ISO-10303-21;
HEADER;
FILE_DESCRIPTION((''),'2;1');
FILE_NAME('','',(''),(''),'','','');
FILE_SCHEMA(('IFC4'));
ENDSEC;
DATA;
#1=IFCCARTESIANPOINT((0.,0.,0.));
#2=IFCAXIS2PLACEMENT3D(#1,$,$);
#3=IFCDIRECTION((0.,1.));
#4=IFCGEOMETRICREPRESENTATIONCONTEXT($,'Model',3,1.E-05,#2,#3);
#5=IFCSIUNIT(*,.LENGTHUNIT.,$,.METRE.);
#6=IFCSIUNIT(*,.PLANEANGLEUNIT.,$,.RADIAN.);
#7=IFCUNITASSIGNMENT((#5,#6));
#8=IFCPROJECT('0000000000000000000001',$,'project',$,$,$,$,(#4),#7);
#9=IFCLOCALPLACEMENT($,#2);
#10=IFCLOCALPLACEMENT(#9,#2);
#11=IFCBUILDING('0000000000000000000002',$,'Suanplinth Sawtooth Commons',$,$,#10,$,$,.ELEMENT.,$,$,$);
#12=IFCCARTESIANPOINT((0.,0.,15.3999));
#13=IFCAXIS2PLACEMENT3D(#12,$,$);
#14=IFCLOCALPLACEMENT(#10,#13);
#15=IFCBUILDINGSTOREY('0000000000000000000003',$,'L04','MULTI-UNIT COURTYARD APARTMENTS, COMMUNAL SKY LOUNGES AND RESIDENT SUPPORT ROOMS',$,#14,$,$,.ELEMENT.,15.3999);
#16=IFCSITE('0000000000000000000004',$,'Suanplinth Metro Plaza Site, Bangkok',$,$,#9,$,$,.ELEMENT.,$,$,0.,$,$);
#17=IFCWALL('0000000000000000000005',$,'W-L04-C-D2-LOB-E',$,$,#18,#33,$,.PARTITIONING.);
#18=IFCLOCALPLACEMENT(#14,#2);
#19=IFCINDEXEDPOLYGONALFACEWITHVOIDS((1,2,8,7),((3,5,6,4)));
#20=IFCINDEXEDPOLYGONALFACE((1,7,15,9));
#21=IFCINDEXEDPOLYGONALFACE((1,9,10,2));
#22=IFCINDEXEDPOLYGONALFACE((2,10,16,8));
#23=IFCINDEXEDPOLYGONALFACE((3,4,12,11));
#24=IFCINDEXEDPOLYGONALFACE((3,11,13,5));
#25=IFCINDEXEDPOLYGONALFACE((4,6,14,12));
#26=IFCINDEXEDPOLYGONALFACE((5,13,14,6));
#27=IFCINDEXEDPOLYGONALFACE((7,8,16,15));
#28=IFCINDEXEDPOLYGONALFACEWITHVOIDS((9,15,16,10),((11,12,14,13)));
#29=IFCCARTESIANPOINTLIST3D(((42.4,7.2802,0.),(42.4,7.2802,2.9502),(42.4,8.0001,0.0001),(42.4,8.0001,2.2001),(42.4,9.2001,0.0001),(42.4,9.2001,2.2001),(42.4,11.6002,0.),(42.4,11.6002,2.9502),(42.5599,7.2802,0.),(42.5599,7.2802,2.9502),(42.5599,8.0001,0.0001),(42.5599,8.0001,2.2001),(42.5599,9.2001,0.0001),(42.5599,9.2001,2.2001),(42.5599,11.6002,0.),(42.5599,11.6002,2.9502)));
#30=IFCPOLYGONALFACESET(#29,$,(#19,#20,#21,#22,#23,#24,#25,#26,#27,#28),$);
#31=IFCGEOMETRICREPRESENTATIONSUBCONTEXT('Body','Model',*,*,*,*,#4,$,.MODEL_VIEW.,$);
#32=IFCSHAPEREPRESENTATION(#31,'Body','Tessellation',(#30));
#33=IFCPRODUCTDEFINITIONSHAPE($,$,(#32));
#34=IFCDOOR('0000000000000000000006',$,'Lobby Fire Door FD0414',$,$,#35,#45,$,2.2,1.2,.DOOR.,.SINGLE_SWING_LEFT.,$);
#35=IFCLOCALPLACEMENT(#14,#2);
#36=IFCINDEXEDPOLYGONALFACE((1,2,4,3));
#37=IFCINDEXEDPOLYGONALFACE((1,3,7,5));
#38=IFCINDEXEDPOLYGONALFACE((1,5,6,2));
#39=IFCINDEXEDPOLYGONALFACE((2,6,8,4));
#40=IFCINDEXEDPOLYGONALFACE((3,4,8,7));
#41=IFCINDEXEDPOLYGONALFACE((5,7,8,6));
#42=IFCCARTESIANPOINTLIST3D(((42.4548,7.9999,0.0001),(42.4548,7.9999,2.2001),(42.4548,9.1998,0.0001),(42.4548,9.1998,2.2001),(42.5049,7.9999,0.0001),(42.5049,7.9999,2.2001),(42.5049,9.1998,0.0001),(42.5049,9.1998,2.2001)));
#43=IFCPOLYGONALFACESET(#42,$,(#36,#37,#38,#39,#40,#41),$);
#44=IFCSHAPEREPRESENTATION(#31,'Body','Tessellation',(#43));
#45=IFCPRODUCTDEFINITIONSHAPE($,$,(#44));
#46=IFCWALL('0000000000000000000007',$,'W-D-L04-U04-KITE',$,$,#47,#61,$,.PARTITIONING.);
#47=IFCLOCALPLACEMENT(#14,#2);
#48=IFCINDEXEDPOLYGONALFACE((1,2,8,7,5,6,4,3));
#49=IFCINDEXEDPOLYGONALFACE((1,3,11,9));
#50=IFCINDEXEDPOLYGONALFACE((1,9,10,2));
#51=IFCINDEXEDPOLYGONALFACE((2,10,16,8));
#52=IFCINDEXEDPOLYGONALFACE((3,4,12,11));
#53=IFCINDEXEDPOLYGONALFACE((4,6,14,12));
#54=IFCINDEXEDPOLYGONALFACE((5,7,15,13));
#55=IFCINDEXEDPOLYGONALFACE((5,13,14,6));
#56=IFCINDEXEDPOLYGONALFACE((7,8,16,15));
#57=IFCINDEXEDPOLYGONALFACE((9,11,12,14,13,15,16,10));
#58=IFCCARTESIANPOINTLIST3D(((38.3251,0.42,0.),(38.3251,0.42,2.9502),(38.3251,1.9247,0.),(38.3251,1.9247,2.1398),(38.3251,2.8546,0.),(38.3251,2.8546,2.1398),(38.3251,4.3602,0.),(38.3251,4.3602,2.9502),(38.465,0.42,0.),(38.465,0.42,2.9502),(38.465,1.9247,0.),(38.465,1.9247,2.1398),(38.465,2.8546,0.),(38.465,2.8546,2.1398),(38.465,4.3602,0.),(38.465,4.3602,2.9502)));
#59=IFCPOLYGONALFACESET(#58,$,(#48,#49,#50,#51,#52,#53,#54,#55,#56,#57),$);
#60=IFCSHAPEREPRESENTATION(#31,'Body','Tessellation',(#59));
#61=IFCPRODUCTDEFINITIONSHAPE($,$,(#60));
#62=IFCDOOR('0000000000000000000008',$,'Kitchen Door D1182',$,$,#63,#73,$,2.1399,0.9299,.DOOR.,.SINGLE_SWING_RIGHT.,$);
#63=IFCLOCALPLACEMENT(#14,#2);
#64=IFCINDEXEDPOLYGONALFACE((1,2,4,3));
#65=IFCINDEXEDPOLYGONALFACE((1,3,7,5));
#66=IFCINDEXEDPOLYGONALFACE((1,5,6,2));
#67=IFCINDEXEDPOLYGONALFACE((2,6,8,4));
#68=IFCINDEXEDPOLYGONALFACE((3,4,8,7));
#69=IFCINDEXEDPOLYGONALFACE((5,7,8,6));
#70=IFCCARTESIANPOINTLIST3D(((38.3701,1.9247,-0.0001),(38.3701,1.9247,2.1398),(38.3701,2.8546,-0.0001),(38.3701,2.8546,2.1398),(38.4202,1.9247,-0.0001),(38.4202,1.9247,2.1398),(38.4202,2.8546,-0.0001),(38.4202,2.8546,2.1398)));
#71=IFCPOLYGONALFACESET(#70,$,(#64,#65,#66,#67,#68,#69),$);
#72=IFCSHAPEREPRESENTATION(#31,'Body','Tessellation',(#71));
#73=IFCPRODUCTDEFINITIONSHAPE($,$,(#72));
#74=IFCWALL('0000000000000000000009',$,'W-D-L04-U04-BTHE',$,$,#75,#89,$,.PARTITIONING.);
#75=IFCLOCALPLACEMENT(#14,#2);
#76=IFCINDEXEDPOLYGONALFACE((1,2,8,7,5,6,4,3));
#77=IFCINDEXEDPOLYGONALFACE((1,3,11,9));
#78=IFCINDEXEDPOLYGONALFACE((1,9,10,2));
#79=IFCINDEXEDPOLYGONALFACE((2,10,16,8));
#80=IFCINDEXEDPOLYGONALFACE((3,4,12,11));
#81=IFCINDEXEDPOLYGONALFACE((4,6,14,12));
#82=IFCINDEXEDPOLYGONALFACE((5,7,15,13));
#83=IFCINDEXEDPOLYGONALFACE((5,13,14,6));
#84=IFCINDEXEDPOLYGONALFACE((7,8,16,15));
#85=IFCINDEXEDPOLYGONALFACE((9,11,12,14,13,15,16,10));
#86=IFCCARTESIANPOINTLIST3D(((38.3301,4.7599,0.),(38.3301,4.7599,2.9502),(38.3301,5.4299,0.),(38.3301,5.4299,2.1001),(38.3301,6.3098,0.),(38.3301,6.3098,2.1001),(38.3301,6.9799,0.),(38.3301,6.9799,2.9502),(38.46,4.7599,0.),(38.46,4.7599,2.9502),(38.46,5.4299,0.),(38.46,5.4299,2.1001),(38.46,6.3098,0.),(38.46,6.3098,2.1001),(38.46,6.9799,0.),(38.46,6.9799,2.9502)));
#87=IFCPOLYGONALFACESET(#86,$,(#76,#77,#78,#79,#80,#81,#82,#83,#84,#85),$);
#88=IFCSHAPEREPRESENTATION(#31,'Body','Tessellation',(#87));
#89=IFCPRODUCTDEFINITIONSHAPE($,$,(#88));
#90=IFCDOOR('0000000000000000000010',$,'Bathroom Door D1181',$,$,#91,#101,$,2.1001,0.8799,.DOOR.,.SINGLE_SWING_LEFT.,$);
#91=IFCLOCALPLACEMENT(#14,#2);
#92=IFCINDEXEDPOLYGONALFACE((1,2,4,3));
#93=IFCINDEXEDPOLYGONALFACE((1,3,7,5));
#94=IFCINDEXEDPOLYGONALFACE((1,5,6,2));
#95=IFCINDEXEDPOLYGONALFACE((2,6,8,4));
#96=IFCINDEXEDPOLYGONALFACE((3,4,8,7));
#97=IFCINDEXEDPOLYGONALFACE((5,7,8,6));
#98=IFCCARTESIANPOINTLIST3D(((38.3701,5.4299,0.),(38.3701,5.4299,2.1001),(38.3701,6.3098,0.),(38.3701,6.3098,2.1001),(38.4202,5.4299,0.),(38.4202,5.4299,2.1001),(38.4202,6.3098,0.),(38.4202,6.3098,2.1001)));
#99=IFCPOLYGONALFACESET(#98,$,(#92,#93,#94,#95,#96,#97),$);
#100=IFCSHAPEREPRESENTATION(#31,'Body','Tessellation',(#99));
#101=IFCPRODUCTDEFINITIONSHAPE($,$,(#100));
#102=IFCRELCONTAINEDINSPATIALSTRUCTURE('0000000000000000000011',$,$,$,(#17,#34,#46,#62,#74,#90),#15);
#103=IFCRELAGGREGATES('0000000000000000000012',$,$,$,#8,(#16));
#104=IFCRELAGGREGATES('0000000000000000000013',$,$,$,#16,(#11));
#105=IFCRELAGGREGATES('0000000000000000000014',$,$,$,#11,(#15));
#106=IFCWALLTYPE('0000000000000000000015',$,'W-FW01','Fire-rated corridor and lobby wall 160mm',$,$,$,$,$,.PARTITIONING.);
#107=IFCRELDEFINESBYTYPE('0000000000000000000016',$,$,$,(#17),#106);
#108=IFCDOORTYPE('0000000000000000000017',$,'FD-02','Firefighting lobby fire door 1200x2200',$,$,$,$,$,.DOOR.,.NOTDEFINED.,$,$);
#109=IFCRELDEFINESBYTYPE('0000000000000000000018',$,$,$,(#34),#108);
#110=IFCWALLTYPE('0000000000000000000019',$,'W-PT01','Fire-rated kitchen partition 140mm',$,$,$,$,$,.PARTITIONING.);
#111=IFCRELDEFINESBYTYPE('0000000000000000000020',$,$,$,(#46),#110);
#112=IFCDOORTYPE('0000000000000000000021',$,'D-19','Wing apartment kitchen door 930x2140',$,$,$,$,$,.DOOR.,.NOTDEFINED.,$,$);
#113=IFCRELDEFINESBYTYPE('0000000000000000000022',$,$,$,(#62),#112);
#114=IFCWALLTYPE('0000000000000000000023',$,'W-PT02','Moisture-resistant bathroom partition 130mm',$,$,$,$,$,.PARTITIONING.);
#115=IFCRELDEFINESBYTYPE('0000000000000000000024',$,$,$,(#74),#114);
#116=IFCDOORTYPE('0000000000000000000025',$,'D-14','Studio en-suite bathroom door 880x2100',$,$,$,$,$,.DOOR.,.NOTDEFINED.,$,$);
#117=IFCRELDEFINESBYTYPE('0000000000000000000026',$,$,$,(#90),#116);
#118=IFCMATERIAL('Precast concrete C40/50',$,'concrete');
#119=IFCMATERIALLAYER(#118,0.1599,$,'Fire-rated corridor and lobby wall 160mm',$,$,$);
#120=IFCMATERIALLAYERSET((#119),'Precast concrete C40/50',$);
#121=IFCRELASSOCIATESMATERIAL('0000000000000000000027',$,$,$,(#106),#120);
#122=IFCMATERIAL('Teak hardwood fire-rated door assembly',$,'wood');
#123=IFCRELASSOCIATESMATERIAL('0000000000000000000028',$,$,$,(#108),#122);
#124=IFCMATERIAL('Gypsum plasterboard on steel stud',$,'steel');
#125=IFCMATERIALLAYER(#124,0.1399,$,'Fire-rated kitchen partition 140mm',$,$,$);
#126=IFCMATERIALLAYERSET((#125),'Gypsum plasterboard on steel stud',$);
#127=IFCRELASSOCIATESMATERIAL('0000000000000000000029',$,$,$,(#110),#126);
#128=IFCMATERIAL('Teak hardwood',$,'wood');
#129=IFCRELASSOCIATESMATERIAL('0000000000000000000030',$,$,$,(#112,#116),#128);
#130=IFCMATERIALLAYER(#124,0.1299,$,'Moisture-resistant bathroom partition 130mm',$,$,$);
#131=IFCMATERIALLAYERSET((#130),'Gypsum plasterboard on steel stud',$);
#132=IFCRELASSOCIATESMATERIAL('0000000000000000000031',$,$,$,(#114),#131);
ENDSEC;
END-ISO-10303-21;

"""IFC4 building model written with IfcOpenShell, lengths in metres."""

from ifc_helpers import new_model, si_unit, direction, frame, frame_2d, origin, place, context, subcontext, project, spatial, rectangle, extrude, material, layer, layer_set, type_object, element, fill, save


model = new_model("IFC4")

# Units and contexts
model_context = context("Model", 3, precision=1e-05, world=origin(), true_north=direction((0.0, 1.0)))
body_context = subcontext(model_context, "Body", "Model", "MODEL_VIEW")
ifc_project = project(units=[si_unit("LENGTHUNIT", "METRE"), si_unit("PLANEANGLEUNIT", "RADIAN")], contexts=[model_context])

# Site, building, storey
site_placement = place(None, origin())
site = spatial("IfcSite", under=ifc_project, at=site_placement, Name="Suanplinth Metro Plaza Site, Bangkok", CompositionType="ELEMENT", RefElevation=0.0)
building_placement = place(site_placement, origin())
building = spatial("IfcBuilding", under=site, at=building_placement, Name="Suanplinth Sawtooth Commons", CompositionType="ELEMENT")
storey_placement = place(building_placement, frame((0.0, 0.0, 15.3999)))
storey = spatial("IfcBuildingStorey", under=building, at=storey_placement, Name="L04", Description="MULTI-UNIT COURTYARD APARTMENTS, COMMUNAL SKY LOUNGES AND RESIDENT SUPPORT ROOMS", CompositionType="ELEMENT", Elevation=15.3999)

# Shared definitions
ifc_material_1 = material(Name="Precast concrete C40/50", Category="concrete")

# Walls, openings, doors
ifc_layer_1 = layer(ifc_material_1, 0.1599, Name="Fire-rated corridor and lobby wall 160mm")
ifc_layer_set_1 = layer_set([ifc_layer_1], Name="Precast concrete C40/50")
wall_type_1 = type_object("IfcWallType", Name="W-FW01", Description="Fire-rated corridor and lobby wall 160mm", PredefinedType="PARTITIONING", material=ifc_layer_set_1)
wall_1_placement = place(storey_placement, frame((42.48, 7.28, 0.0), z_axis=(0.0, 0.0, 1.0), x_axis=(0.0, 1.0, 0.0)))
wall_1 = element("IfcWall", 1, at=wall_1_placement, inside=storey, type_object=wall_type_1, Name="W-L04-C-D2-LOB-E", PredefinedType="PARTITIONING", context=body_context, shape_type="SweptSolid", body=[
    extrude(rectangle(XDim=4.3201, YDim=0.1599, at=frame_2d((2.1602, 0.0))), origin(), (0.0, 0.0, 1.0), 2.9502),
])
opening_1_placement = place(wall_1_placement, frame((0.72, 0.0, 0.0)))
opening_1 = element("IfcOpeningElement", 2, at=opening_1_placement, cuts=wall_1, PredefinedType="OPENING", context=body_context, shape_type="SweptSolid", body=[
    extrude(rectangle(XDim=1.2, YDim=2.2, at=frame_2d((0.6001, 1.1001))), frame((0.0, 0.0947, 0.0), z_axis=(0.0, -1.0, 0.0), x_axis=(1.0, 0.0, 0.0)), (0.0, 0.0, 1.0), 0.1897),
])
ifc_material_2 = material(Name="Teak hardwood fire-rated door assembly", Category="wood")
door_type_1 = type_object("IfcDoorType", Name="FD-02", Description="Firefighting lobby fire door 1200x2200", OperationType="NOTDEFINED", PredefinedType="DOOR", material=ifc_material_2)
door_1_placement = place(opening_1_placement, frame((1.2, 0.0, 0.0), z_axis=(0.0, 0.0, 1.0), x_axis=(-1.0, 0.0, 0.0)))
door_1 = element("IfcDoor", 3, at=door_1_placement, inside=storey, type_object=door_type_1, Name="Lobby Fire Door FD0414", OperationType="SINGLE_SWING_LEFT", OverallHeight=2.2, OverallWidth=1.2, PredefinedType="DOOR", context=body_context, shape_type="SweptSolid", body=[
    extrude(rectangle(XDim=1.2, YDim=2.2, at=frame_2d((0.6001, 1.1001))), frame((0.0, 0.0249, 0.0), z_axis=(0.0, -1.0, 0.0), x_axis=(1.0, 0.0, 0.0)), (0.0, 0.0, 1.0), 0.05),
])
fill(opening_1, door_1)
ifc_material_3 = material(Name="Gypsum plasterboard on steel stud", Category="steel")
ifc_layer_2 = layer(ifc_material_3, 0.1399, Name="Fire-rated kitchen partition 140mm")
ifc_layer_set_2 = layer_set([ifc_layer_2], Name="Gypsum plasterboard on steel stud")
wall_type_2 = type_object("IfcWallType", Name="W-PT01", Description="Fire-rated kitchen partition 140mm", PredefinedType="PARTITIONING", material=ifc_layer_set_2)
wall_2_placement = place(storey_placement, frame((38.395, 0.4199, 0.0), z_axis=(0.0, 0.0, 1.0), x_axis=(0.0, 1.0, 0.0)))
wall_2 = element("IfcWall", 4, at=wall_2_placement, inside=storey, type_object=wall_type_2, Name="W-D-L04-U04-KITE", PredefinedType="PARTITIONING", context=body_context, shape_type="SweptSolid", body=[
    extrude(rectangle(XDim=3.9402, YDim=0.1399, at=frame_2d((1.9702, 0.0))), origin(), (0.0, 0.0, 1.0), 2.9502),
])
opening_2_placement = place(wall_2_placement, frame((1.5049, 0.0, 0.0)))
opening_2 = element("IfcOpeningElement", 5, at=opening_2_placement, cuts=wall_2, PredefinedType="OPENING", context=body_context, shape_type="SweptSolid", body=[
    extrude(rectangle(XDim=0.9299, YDim=2.1399, at=frame_2d((0.4648, 1.0698))), frame((0.0, 0.085, 0.0), z_axis=(0.0, -1.0, 0.0), x_axis=(1.0, 0.0, 0.0)), (0.0, 0.0, 1.0), 0.1697),
])
ifc_material_4 = material(Name="Teak hardwood", Category="wood")
door_type_2 = type_object("IfcDoorType", Name="D-19", Description="Wing apartment kitchen door 930x2140", OperationType="NOTDEFINED", PredefinedType="DOOR", material=ifc_material_4)
door_2_placement = place(opening_2_placement, origin())
door_2 = element("IfcDoor", 6, at=door_2_placement, inside=storey, type_object=door_type_2, Name="Kitchen Door D1182", OperationType="SINGLE_SWING_RIGHT", OverallHeight=2.1399, OverallWidth=0.9299, PredefinedType="DOOR", context=body_context, shape_type="SweptSolid", body=[
    extrude(rectangle(XDim=0.9299, YDim=2.1399, at=frame_2d((0.4648, 1.0698))), frame((0.0, 0.0249, 0.0), z_axis=(0.0, -1.0, 0.0), x_axis=(1.0, 0.0, 0.0)), (0.0, 0.0, 1.0), 0.05),
])
fill(opening_2, door_2)
ifc_layer_3 = layer(ifc_material_3, 0.1299, Name="Moisture-resistant bathroom partition 130mm")
ifc_layer_set_3 = layer_set([ifc_layer_3], Name="Gypsum plasterboard on steel stud")
wall_type_3 = type_object("IfcWallType", Name="W-PT02", Description="Moisture-resistant bathroom partition 130mm", PredefinedType="PARTITIONING", material=ifc_layer_set_3)
wall_3_placement = place(storey_placement, frame((38.395, 4.76, 0.0), z_axis=(0.0, 0.0, 1.0), x_axis=(0.0, 1.0, 0.0)))
wall_3 = element("IfcWall", 7, at=wall_3_placement, inside=storey, type_object=wall_type_3, Name="W-D-L04-U04-BTHE", PredefinedType="PARTITIONING", context=body_context, shape_type="SweptSolid", body=[
    extrude(rectangle(XDim=2.22, YDim=0.1299, at=frame_2d((1.1099, 0.0))), origin(), (0.0, 0.0, 1.0), 2.9502),
])
opening_3_placement = place(wall_3_placement, frame((0.6699, 0.0, 0.0)))
opening_3 = element("IfcOpeningElement", 8, at=opening_3_placement, cuts=wall_3, PredefinedType="OPENING", context=body_context, shape_type="SweptSolid", body=[
    extrude(rectangle(XDim=0.8799, YDim=2.1001, at=frame_2d((0.4399, 1.05))), frame((0.0, 0.0798, 0.0), z_axis=(0.0, -1.0, 0.0), x_axis=(1.0, 0.0, 0.0)), (0.0, 0.0, 1.0), 0.1597),
])
door_type_3 = type_object("IfcDoorType", Name="D-14", Description="Studio en-suite bathroom door 880x2100", OperationType="NOTDEFINED", PredefinedType="DOOR", material=ifc_material_4)
door_3_placement = place(opening_3_placement, origin())
door_3 = element("IfcDoor", 9, at=door_3_placement, inside=storey, type_object=door_type_3, Name="Bathroom Door D1181", OperationType="SINGLE_SWING_LEFT", OverallHeight=2.1001, OverallWidth=0.8799, PredefinedType="DOOR", context=body_context, shape_type="SweptSolid", body=[
    extrude(rectangle(XDim=0.8799, YDim=2.1001, at=frame_2d((0.4399, 1.05))), frame((0.0, 0.0249, 0.0), z_axis=(0.0, -1.0, 0.0), x_axis=(1.0, 0.0, 0.0)), (0.0, 0.0, 1.0), 0.05),
])
fill(opening_3, door_3)

save(model, "model.ifc")
